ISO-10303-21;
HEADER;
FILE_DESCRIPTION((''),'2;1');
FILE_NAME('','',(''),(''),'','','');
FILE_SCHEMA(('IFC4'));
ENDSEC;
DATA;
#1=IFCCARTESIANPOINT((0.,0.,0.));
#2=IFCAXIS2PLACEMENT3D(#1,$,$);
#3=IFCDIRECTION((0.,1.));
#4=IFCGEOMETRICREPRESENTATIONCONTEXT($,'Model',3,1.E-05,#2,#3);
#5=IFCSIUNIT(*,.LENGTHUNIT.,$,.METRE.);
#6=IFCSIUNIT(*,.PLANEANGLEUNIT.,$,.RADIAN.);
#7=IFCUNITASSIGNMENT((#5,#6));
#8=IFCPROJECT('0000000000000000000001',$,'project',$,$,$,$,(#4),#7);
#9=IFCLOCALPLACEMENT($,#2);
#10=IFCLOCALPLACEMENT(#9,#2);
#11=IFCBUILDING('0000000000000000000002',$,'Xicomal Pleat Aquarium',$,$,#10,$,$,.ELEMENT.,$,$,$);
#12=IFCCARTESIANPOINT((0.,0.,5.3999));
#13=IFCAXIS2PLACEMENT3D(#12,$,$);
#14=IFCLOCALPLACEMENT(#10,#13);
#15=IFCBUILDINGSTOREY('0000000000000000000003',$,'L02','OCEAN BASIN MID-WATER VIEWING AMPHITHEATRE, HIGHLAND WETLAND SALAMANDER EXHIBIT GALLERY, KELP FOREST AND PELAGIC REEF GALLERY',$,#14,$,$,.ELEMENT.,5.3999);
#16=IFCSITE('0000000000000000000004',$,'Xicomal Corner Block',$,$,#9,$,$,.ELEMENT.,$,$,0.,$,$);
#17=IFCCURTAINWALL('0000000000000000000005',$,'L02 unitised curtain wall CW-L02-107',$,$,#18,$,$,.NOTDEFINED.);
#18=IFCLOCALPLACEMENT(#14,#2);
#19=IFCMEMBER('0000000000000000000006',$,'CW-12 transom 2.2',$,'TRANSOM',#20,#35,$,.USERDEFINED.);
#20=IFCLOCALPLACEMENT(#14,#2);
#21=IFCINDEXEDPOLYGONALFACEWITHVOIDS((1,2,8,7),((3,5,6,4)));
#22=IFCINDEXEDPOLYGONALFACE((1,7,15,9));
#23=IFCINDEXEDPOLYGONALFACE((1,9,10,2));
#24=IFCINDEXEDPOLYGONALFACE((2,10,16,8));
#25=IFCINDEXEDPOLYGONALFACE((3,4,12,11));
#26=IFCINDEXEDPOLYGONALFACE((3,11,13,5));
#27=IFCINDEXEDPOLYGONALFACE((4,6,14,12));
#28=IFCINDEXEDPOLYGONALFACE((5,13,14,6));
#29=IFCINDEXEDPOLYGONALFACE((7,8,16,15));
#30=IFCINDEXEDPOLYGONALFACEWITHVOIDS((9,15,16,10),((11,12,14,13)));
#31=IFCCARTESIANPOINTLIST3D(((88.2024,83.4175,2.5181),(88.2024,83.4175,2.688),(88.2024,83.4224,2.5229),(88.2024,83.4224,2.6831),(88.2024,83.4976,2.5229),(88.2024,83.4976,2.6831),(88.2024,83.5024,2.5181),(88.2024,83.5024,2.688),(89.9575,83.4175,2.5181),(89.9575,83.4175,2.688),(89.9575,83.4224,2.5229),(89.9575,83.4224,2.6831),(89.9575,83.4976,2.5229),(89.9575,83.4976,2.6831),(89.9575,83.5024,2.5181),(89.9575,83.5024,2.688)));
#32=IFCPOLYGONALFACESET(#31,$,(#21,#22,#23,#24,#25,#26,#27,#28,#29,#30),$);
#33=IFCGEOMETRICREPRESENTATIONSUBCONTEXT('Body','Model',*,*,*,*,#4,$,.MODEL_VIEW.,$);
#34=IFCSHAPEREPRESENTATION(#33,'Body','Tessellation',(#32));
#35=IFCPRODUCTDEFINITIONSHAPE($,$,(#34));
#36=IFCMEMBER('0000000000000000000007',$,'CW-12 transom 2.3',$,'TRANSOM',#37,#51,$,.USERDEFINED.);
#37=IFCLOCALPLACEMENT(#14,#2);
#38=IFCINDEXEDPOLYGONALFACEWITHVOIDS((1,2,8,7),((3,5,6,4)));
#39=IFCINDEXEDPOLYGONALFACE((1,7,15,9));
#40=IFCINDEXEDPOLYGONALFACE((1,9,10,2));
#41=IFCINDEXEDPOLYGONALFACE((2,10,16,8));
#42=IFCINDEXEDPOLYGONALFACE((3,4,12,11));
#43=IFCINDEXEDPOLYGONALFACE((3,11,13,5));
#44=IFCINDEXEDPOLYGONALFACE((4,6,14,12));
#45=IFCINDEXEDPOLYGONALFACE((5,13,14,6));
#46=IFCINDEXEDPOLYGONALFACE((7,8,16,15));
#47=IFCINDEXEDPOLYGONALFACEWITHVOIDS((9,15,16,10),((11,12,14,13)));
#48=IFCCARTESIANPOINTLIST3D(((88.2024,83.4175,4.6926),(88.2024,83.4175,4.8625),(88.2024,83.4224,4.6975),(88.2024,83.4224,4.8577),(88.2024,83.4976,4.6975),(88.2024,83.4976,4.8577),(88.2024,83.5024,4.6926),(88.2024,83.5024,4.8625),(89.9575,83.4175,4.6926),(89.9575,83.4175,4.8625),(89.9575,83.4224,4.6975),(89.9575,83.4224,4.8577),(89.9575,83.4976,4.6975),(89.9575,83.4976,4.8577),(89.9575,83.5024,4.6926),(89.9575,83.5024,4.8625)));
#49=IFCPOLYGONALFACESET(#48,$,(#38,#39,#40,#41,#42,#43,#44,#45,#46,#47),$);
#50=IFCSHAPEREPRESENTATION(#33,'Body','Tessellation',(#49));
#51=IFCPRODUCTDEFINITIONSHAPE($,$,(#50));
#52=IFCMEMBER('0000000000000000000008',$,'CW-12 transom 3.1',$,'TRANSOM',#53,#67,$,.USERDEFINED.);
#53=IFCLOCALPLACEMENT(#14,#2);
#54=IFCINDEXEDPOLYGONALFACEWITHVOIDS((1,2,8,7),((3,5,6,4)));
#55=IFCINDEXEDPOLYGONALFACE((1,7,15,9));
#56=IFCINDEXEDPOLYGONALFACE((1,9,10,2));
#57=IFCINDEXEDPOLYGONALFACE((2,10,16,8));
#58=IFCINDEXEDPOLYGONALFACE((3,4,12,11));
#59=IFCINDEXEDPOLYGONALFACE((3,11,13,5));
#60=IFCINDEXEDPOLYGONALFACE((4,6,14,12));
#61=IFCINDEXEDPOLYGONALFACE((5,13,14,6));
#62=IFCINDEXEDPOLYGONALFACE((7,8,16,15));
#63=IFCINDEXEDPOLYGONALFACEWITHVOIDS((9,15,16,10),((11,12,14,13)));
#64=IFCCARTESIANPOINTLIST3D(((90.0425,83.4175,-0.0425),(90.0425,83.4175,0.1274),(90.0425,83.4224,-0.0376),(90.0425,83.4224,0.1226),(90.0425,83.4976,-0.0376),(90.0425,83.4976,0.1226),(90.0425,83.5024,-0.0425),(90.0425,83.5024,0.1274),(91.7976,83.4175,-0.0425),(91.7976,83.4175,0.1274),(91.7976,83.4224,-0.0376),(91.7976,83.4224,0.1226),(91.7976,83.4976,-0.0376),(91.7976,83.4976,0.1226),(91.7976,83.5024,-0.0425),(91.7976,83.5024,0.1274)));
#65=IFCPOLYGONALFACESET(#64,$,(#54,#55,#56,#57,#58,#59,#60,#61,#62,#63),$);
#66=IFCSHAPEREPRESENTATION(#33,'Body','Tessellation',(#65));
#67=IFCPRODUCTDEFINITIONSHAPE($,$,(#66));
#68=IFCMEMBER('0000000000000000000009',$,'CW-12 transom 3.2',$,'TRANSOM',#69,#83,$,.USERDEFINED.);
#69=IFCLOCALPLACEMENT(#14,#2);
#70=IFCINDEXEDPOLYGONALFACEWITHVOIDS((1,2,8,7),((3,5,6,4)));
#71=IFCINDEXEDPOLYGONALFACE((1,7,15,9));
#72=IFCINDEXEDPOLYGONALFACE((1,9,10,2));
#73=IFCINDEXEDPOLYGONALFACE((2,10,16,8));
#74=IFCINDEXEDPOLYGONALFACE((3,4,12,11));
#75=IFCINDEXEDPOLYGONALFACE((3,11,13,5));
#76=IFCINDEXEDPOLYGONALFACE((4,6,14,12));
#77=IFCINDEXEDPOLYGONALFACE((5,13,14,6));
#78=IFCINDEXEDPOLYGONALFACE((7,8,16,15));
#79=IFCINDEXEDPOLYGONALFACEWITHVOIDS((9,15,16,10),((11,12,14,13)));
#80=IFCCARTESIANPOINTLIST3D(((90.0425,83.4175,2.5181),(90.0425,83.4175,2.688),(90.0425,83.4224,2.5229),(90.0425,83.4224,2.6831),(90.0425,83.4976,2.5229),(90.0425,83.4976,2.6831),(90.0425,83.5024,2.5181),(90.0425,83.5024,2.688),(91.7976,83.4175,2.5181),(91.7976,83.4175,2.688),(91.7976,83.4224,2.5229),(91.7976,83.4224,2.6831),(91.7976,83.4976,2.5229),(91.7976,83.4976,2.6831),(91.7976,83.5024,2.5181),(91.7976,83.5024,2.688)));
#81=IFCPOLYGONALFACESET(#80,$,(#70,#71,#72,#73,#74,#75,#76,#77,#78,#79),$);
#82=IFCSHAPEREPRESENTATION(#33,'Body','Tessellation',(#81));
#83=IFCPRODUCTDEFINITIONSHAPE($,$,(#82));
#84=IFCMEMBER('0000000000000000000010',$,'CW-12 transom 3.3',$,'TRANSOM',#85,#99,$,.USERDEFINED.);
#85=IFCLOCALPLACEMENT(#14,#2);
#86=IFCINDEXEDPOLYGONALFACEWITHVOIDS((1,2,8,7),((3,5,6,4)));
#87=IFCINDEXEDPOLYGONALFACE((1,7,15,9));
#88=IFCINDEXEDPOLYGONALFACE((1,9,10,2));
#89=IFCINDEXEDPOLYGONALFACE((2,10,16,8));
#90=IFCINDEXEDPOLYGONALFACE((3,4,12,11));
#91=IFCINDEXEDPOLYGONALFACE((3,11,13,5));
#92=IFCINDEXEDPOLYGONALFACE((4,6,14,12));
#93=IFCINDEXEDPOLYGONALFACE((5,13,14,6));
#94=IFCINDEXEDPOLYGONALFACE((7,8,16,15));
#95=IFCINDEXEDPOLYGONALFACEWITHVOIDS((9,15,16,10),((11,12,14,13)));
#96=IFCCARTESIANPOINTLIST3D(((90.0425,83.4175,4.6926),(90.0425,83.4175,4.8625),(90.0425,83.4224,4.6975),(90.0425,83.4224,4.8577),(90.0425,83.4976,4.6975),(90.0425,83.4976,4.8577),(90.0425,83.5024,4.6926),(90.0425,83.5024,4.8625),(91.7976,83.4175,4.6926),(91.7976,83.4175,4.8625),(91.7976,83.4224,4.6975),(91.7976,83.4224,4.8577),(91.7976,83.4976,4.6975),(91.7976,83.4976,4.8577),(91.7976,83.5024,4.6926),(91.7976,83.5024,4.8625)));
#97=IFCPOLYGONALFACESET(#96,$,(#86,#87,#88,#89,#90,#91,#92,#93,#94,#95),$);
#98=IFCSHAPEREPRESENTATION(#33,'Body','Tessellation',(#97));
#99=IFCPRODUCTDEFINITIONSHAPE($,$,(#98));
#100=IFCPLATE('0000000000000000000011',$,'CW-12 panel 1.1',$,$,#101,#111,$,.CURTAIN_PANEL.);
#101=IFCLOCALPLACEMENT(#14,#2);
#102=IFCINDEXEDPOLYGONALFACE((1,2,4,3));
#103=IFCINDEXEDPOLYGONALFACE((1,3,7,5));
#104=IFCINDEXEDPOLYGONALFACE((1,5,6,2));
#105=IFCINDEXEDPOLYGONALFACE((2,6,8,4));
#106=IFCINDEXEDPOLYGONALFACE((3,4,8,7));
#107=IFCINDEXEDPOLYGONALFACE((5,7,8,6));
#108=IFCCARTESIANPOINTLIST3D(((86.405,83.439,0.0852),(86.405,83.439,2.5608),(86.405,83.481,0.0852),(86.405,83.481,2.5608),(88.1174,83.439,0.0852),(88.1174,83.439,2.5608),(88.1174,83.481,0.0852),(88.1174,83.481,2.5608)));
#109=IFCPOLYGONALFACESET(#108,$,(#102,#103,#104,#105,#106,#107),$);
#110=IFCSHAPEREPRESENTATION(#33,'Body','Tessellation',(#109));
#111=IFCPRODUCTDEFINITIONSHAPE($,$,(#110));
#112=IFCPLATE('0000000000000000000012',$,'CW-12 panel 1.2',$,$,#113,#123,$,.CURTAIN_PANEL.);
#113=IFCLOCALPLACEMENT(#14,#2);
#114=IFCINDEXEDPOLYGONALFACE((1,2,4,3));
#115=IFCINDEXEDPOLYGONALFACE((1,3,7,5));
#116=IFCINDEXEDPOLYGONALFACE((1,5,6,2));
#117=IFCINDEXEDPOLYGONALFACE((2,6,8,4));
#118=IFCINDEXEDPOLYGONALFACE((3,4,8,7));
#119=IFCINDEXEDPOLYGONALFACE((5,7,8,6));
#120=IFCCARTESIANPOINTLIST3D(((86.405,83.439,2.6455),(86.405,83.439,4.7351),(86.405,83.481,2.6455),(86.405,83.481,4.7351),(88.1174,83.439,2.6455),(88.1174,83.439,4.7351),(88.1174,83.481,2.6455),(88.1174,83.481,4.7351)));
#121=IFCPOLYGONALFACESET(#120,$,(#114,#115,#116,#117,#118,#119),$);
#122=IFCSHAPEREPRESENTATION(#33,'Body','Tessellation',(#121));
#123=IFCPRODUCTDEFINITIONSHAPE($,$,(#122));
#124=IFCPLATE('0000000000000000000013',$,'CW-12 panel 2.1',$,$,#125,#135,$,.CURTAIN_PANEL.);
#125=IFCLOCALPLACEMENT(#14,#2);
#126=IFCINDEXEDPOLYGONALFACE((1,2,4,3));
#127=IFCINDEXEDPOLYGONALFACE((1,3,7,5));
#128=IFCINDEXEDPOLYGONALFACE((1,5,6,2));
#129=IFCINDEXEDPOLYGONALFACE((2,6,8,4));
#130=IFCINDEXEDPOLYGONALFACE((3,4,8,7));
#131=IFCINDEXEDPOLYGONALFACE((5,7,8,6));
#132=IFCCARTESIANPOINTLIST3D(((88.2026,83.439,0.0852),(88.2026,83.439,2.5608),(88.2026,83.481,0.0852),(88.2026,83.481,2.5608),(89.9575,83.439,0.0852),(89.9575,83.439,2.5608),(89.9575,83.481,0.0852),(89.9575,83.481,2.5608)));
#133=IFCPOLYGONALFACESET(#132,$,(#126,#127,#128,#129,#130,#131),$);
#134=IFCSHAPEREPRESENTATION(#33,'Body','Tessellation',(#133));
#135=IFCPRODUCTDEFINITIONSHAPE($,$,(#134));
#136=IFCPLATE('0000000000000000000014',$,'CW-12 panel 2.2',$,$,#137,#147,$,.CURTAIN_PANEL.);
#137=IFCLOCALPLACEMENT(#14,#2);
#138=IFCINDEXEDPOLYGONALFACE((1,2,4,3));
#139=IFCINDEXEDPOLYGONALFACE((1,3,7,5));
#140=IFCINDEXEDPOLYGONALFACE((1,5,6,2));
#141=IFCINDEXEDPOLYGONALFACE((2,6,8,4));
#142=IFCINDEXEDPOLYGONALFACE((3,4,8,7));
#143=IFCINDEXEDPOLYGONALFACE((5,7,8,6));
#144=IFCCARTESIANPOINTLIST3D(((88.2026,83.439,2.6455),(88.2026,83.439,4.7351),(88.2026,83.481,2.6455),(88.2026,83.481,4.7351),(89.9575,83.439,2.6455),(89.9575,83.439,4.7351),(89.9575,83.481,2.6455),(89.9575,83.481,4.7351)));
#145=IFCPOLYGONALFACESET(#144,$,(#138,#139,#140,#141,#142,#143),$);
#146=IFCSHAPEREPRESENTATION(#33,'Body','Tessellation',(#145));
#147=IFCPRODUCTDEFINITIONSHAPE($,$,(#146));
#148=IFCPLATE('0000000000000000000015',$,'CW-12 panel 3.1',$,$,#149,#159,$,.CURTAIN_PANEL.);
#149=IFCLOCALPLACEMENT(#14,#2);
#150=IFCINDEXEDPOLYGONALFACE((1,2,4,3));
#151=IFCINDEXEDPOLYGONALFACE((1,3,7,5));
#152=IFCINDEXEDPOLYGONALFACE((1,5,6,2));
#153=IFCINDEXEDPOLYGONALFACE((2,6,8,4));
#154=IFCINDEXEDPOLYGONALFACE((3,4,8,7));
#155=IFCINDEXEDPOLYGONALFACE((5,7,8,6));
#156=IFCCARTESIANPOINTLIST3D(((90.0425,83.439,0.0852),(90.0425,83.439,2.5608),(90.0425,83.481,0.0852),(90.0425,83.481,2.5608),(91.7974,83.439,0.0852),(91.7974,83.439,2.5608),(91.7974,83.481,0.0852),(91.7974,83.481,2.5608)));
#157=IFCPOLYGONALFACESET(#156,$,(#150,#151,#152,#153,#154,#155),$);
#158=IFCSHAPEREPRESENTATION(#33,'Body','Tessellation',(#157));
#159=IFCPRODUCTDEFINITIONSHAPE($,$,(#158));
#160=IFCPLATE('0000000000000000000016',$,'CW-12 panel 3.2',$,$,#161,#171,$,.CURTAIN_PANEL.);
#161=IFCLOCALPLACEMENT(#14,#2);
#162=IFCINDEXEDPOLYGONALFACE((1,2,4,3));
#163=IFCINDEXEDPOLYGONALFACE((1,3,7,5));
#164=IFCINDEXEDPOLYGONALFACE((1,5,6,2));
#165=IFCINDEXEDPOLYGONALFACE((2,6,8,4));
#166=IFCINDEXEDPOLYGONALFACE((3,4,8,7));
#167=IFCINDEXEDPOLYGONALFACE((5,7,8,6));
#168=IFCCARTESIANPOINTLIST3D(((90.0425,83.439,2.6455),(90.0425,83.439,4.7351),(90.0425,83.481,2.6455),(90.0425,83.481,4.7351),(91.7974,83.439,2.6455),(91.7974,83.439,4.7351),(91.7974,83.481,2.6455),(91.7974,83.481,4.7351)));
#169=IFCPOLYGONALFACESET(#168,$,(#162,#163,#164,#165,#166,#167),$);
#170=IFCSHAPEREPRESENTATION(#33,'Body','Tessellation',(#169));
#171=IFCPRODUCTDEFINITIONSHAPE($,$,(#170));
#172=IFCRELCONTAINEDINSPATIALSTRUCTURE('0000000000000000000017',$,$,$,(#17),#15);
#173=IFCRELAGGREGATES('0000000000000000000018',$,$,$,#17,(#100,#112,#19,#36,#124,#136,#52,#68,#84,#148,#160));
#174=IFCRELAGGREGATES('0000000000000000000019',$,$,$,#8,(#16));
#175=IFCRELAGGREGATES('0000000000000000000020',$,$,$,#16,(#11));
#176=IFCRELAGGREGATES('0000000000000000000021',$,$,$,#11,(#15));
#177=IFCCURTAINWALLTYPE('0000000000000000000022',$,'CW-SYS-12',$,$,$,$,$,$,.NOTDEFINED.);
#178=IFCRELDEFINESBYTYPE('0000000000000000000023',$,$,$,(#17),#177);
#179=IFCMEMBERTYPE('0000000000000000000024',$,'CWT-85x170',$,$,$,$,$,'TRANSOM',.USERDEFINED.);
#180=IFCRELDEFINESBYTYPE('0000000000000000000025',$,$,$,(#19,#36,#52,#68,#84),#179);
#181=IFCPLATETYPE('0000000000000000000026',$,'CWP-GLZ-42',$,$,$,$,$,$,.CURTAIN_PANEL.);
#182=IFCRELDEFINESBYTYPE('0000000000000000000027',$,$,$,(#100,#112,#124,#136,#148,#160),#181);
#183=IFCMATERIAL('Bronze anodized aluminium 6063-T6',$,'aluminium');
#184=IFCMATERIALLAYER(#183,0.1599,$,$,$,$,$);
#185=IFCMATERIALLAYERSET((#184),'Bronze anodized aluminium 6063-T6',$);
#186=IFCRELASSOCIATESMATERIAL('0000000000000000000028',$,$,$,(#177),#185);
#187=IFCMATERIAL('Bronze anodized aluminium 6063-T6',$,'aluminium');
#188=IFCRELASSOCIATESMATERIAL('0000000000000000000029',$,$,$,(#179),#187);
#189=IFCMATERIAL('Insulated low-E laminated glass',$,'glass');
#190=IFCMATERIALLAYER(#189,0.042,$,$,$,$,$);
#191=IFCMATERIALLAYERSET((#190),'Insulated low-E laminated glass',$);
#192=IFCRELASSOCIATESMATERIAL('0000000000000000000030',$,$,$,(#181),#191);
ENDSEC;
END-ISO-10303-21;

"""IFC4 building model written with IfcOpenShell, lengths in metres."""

from ifc_helpers import new_model, si_unit, direction, frame, origin, origin_2d, place, context, subcontext, project, spatial, rectangle, hollow_rectangle, extrude, material, layer, layer_set, material_profile, profile_set, type_object, element, aggregate, save


model = new_model("IFC4")

# Units and contexts
model_context = context("Model", 3, precision=1e-05, world=origin(), true_north=direction((0.0, 1.0)))
body_context = subcontext(model_context, "Body", "Model", "MODEL_VIEW")
ifc_project = project(units=[si_unit("LENGTHUNIT", "METRE"), si_unit("PLANEANGLEUNIT", "RADIAN")], contexts=[model_context])

# Site, building, storey
site_placement = place(None, origin())
site = spatial("IfcSite", under=ifc_project, at=site_placement, Name="Xicomal Corner Block", CompositionType="ELEMENT", RefElevation=0.0)
building_placement = place(site_placement, origin())
building = spatial("IfcBuilding", under=site, at=building_placement, Name="Xicomal Pleat Aquarium", CompositionType="ELEMENT")
storey_placement = place(building_placement, frame((0.0, 0.0, 5.3999)))
storey = spatial("IfcBuildingStorey", under=building, at=storey_placement, Name="L02", Description="OCEAN BASIN MID-WATER VIEWING AMPHITHEATRE, HIGHLAND WETLAND SALAMANDER EXHIBIT GALLERY, KELP FOREST AND PELAGIC REEF GALLERY", CompositionType="ELEMENT", Elevation=5.3999)

# Curtain wall, members, plates
ifc_material_1 = material(Name="Bronze anodized aluminium 6063-T6", Category="aluminium")
ifc_layer_1 = layer(ifc_material_1, 0.1599)
ifc_layer_set_1 = layer_set([ifc_layer_1], Name="Bronze anodized aluminium 6063-T6")
curtain_wall_type = type_object("IfcCurtainWallType", Name="CW-SYS-12", PredefinedType="NOTDEFINED", material=ifc_layer_set_1)
curtain_wall_placement = place(storey_placement, origin())
curtain_wall = element("IfcCurtainWall", 1, at=curtain_wall_placement, inside=storey, type_object=curtain_wall_type, Name="L02 unitised curtain wall CW-L02-107", PredefinedType="NOTDEFINED")
ifc_material_2 = material(Name="Bronze anodized aluminium 6063-T6", Category="aluminium")
ifc_material_profile_1 = material_profile(ifc_material_2, hollow_rectangle(XDim=0.085, YDim=0.1699, WallThickness=0.0049, at=origin_2d()), Name="ALU TRAN 85x170")
ifc_profile_set_1 = profile_set([ifc_material_profile_1], Name="Bronze anodized aluminium 6063-T6")
member_type_1 = type_object("IfcMemberType", Name="CWT-85x170", ElementType="TRANSOM", PredefinedType="USERDEFINED", material=ifc_profile_set_1)
member_1_placement = place(storey_placement, frame((88.2024, 83.46, 2.603), z_axis=(1.0, 0.0, 0.0), x_axis=(0.0, 1.0, 0.0)))
member_1 = element("IfcMember", 2, at=member_1_placement, type_object=member_type_1, Name="CW-12 transom 2.2", ObjectType="TRANSOM", PredefinedType="USERDEFINED", context=body_context, shape_type="SweptSolid", body=[
    extrude(hollow_rectangle(XDim=0.085, YDim=0.1699, WallThickness=0.0049, at=origin_2d()), origin(), (0.0, 0.0, 1.0), 1.7551),
])
member_2_placement = place(storey_placement, frame((88.2024, 83.46, 4.7776), z_axis=(1.0, 0.0, 0.0), x_axis=(0.0, 1.0, 0.0)))
member_2 = element("IfcMember", 3, at=member_2_placement, type_object=member_type_1, Name="CW-12 transom 2.3", ObjectType="TRANSOM", PredefinedType="USERDEFINED", context=body_context, shape_type="SweptSolid", body=[
    extrude(hollow_rectangle(XDim=0.085, YDim=0.1699, WallThickness=0.0049, at=origin_2d()), origin(), (0.0, 0.0, 1.0), 1.7551),
])
member_3_placement = place(storey_placement, frame((90.0425, 83.46, 0.0425), z_axis=(1.0, 0.0, 0.0), x_axis=(0.0, 1.0, 0.0)))
member_3 = element("IfcMember", 4, at=member_3_placement, type_object=member_type_1, Name="CW-12 transom 3.1", ObjectType="TRANSOM", PredefinedType="USERDEFINED", context=body_context, shape_type="SweptSolid", body=[
    extrude(hollow_rectangle(XDim=0.085, YDim=0.1699, WallThickness=0.0049, at=origin_2d()), origin(), (0.0, 0.0, 1.0), 1.7551),
])
member_4_placement = place(storey_placement, frame((90.0425, 83.46, 2.603), z_axis=(1.0, 0.0, 0.0), x_axis=(0.0, 1.0, 0.0)))
member_4 = element("IfcMember", 5, at=member_4_placement, type_object=member_type_1, Name="CW-12 transom 3.2", ObjectType="TRANSOM", PredefinedType="USERDEFINED", context=body_context, shape_type="SweptSolid", body=[
    extrude(hollow_rectangle(XDim=0.085, YDim=0.1699, WallThickness=0.0049, at=origin_2d()), origin(), (0.0, 0.0, 1.0), 1.7551),
])
member_5_placement = place(storey_placement, frame((90.0425, 83.46, 4.7776), z_axis=(1.0, 0.0, 0.0), x_axis=(0.0, 1.0, 0.0)))
member_5 = element("IfcMember", 6, at=member_5_placement, type_object=member_type_1, Name="CW-12 transom 3.3", ObjectType="TRANSOM", PredefinedType="USERDEFINED", context=body_context, shape_type="SweptSolid", body=[
    extrude(hollow_rectangle(XDim=0.085, YDim=0.1699, WallThickness=0.0049, at=origin_2d()), origin(), (0.0, 0.0, 1.0), 1.7551),
])
ifc_material_3 = material(Name="Insulated low-E laminated glass", Category="glass")
ifc_layer_2 = layer(ifc_material_3, 0.042)
ifc_layer_set_2 = layer_set([ifc_layer_2], Name="Insulated low-E laminated glass")
plate_type = type_object("IfcPlateType", Name="CWP-GLZ-42", PredefinedType="CURTAIN_PANEL", material=ifc_layer_set_2)
plate_1_placement = place(storey_placement, frame((87.2612, 83.46, 0.0852), z_axis=(0.0, 0.0, 1.0), x_axis=(1.0, 0.0, 0.0)))
plate_1 = element("IfcPlate", 7, at=plate_1_placement, type_object=plate_type, Name="CW-12 panel 1.1", PredefinedType="CURTAIN_PANEL", context=body_context, shape_type="SweptSolid", body=[
    extrude(rectangle(XDim=1.7124, YDim=0.042, at=origin_2d()), origin(), (0.0, 0.0, 1.0), 2.4756),
])
plate_2_placement = place(storey_placement, frame((87.2612, 83.46, 2.6455), z_axis=(0.0, 0.0, 1.0), x_axis=(1.0, 0.0, 0.0)))
plate_2 = element("IfcPlate", 8, at=plate_2_placement, type_object=plate_type, Name="CW-12 panel 1.2", PredefinedType="CURTAIN_PANEL", context=body_context, shape_type="SweptSolid", body=[
    extrude(rectangle(XDim=1.7124, YDim=0.042, at=origin_2d()), origin(), (0.0, 0.0, 1.0), 2.0896),
])
plate_3_placement = place(storey_placement, frame((89.0801, 83.46, 0.0852), z_axis=(0.0, 0.0, 1.0), x_axis=(1.0, 0.0, 0.0)))
plate_3 = element("IfcPlate", 9, at=plate_3_placement, type_object=plate_type, Name="CW-12 panel 2.1", PredefinedType="CURTAIN_PANEL", context=body_context, shape_type="SweptSolid", body=[
    extrude(rectangle(XDim=1.7549, YDim=0.042, at=origin_2d()), origin(), (0.0, 0.0, 1.0), 2.4756),
])
plate_4_placement = place(storey_placement, frame((89.0801, 83.46, 2.6455), z_axis=(0.0, 0.0, 1.0), x_axis=(1.0, 0.0, 0.0)))
plate_4 = element("IfcPlate", 10, at=plate_4_placement, type_object=plate_type, Name="CW-12 panel 2.2", PredefinedType="CURTAIN_PANEL", context=body_context, shape_type="SweptSolid", body=[
    extrude(rectangle(XDim=1.7549, YDim=0.042, at=origin_2d()), origin(), (0.0, 0.0, 1.0), 2.0896),
])
plate_5_placement = place(storey_placement, frame((90.9199, 83.46, 0.0852), z_axis=(0.0, 0.0, 1.0), x_axis=(1.0, 0.0, 0.0)))
plate_5 = element("IfcPlate", 11, at=plate_5_placement, type_object=plate_type, Name="CW-12 panel 3.1", PredefinedType="CURTAIN_PANEL", context=body_context, shape_type="SweptSolid", body=[
    extrude(rectangle(XDim=1.7549, YDim=0.042, at=origin_2d()), origin(), (0.0, 0.0, 1.0), 2.4756),
])
plate_6_placement = place(storey_placement, frame((90.9199, 83.46, 2.6455), z_axis=(0.0, 0.0, 1.0), x_axis=(1.0, 0.0, 0.0)))
plate_6 = element("IfcPlate", 12, at=plate_6_placement, type_object=plate_type, Name="CW-12 panel 3.2", PredefinedType="CURTAIN_PANEL", context=body_context, shape_type="SweptSolid", body=[
    extrude(rectangle(XDim=1.7549, YDim=0.042, at=origin_2d()), origin(), (0.0, 0.0, 1.0), 2.0896),
])
aggregate(curtain_wall, [plate_1, plate_2, member_1, member_2, plate_3, plate_4, member_3, member_4, member_5, plate_5, plate_6])

save(model, "model.ifc")
